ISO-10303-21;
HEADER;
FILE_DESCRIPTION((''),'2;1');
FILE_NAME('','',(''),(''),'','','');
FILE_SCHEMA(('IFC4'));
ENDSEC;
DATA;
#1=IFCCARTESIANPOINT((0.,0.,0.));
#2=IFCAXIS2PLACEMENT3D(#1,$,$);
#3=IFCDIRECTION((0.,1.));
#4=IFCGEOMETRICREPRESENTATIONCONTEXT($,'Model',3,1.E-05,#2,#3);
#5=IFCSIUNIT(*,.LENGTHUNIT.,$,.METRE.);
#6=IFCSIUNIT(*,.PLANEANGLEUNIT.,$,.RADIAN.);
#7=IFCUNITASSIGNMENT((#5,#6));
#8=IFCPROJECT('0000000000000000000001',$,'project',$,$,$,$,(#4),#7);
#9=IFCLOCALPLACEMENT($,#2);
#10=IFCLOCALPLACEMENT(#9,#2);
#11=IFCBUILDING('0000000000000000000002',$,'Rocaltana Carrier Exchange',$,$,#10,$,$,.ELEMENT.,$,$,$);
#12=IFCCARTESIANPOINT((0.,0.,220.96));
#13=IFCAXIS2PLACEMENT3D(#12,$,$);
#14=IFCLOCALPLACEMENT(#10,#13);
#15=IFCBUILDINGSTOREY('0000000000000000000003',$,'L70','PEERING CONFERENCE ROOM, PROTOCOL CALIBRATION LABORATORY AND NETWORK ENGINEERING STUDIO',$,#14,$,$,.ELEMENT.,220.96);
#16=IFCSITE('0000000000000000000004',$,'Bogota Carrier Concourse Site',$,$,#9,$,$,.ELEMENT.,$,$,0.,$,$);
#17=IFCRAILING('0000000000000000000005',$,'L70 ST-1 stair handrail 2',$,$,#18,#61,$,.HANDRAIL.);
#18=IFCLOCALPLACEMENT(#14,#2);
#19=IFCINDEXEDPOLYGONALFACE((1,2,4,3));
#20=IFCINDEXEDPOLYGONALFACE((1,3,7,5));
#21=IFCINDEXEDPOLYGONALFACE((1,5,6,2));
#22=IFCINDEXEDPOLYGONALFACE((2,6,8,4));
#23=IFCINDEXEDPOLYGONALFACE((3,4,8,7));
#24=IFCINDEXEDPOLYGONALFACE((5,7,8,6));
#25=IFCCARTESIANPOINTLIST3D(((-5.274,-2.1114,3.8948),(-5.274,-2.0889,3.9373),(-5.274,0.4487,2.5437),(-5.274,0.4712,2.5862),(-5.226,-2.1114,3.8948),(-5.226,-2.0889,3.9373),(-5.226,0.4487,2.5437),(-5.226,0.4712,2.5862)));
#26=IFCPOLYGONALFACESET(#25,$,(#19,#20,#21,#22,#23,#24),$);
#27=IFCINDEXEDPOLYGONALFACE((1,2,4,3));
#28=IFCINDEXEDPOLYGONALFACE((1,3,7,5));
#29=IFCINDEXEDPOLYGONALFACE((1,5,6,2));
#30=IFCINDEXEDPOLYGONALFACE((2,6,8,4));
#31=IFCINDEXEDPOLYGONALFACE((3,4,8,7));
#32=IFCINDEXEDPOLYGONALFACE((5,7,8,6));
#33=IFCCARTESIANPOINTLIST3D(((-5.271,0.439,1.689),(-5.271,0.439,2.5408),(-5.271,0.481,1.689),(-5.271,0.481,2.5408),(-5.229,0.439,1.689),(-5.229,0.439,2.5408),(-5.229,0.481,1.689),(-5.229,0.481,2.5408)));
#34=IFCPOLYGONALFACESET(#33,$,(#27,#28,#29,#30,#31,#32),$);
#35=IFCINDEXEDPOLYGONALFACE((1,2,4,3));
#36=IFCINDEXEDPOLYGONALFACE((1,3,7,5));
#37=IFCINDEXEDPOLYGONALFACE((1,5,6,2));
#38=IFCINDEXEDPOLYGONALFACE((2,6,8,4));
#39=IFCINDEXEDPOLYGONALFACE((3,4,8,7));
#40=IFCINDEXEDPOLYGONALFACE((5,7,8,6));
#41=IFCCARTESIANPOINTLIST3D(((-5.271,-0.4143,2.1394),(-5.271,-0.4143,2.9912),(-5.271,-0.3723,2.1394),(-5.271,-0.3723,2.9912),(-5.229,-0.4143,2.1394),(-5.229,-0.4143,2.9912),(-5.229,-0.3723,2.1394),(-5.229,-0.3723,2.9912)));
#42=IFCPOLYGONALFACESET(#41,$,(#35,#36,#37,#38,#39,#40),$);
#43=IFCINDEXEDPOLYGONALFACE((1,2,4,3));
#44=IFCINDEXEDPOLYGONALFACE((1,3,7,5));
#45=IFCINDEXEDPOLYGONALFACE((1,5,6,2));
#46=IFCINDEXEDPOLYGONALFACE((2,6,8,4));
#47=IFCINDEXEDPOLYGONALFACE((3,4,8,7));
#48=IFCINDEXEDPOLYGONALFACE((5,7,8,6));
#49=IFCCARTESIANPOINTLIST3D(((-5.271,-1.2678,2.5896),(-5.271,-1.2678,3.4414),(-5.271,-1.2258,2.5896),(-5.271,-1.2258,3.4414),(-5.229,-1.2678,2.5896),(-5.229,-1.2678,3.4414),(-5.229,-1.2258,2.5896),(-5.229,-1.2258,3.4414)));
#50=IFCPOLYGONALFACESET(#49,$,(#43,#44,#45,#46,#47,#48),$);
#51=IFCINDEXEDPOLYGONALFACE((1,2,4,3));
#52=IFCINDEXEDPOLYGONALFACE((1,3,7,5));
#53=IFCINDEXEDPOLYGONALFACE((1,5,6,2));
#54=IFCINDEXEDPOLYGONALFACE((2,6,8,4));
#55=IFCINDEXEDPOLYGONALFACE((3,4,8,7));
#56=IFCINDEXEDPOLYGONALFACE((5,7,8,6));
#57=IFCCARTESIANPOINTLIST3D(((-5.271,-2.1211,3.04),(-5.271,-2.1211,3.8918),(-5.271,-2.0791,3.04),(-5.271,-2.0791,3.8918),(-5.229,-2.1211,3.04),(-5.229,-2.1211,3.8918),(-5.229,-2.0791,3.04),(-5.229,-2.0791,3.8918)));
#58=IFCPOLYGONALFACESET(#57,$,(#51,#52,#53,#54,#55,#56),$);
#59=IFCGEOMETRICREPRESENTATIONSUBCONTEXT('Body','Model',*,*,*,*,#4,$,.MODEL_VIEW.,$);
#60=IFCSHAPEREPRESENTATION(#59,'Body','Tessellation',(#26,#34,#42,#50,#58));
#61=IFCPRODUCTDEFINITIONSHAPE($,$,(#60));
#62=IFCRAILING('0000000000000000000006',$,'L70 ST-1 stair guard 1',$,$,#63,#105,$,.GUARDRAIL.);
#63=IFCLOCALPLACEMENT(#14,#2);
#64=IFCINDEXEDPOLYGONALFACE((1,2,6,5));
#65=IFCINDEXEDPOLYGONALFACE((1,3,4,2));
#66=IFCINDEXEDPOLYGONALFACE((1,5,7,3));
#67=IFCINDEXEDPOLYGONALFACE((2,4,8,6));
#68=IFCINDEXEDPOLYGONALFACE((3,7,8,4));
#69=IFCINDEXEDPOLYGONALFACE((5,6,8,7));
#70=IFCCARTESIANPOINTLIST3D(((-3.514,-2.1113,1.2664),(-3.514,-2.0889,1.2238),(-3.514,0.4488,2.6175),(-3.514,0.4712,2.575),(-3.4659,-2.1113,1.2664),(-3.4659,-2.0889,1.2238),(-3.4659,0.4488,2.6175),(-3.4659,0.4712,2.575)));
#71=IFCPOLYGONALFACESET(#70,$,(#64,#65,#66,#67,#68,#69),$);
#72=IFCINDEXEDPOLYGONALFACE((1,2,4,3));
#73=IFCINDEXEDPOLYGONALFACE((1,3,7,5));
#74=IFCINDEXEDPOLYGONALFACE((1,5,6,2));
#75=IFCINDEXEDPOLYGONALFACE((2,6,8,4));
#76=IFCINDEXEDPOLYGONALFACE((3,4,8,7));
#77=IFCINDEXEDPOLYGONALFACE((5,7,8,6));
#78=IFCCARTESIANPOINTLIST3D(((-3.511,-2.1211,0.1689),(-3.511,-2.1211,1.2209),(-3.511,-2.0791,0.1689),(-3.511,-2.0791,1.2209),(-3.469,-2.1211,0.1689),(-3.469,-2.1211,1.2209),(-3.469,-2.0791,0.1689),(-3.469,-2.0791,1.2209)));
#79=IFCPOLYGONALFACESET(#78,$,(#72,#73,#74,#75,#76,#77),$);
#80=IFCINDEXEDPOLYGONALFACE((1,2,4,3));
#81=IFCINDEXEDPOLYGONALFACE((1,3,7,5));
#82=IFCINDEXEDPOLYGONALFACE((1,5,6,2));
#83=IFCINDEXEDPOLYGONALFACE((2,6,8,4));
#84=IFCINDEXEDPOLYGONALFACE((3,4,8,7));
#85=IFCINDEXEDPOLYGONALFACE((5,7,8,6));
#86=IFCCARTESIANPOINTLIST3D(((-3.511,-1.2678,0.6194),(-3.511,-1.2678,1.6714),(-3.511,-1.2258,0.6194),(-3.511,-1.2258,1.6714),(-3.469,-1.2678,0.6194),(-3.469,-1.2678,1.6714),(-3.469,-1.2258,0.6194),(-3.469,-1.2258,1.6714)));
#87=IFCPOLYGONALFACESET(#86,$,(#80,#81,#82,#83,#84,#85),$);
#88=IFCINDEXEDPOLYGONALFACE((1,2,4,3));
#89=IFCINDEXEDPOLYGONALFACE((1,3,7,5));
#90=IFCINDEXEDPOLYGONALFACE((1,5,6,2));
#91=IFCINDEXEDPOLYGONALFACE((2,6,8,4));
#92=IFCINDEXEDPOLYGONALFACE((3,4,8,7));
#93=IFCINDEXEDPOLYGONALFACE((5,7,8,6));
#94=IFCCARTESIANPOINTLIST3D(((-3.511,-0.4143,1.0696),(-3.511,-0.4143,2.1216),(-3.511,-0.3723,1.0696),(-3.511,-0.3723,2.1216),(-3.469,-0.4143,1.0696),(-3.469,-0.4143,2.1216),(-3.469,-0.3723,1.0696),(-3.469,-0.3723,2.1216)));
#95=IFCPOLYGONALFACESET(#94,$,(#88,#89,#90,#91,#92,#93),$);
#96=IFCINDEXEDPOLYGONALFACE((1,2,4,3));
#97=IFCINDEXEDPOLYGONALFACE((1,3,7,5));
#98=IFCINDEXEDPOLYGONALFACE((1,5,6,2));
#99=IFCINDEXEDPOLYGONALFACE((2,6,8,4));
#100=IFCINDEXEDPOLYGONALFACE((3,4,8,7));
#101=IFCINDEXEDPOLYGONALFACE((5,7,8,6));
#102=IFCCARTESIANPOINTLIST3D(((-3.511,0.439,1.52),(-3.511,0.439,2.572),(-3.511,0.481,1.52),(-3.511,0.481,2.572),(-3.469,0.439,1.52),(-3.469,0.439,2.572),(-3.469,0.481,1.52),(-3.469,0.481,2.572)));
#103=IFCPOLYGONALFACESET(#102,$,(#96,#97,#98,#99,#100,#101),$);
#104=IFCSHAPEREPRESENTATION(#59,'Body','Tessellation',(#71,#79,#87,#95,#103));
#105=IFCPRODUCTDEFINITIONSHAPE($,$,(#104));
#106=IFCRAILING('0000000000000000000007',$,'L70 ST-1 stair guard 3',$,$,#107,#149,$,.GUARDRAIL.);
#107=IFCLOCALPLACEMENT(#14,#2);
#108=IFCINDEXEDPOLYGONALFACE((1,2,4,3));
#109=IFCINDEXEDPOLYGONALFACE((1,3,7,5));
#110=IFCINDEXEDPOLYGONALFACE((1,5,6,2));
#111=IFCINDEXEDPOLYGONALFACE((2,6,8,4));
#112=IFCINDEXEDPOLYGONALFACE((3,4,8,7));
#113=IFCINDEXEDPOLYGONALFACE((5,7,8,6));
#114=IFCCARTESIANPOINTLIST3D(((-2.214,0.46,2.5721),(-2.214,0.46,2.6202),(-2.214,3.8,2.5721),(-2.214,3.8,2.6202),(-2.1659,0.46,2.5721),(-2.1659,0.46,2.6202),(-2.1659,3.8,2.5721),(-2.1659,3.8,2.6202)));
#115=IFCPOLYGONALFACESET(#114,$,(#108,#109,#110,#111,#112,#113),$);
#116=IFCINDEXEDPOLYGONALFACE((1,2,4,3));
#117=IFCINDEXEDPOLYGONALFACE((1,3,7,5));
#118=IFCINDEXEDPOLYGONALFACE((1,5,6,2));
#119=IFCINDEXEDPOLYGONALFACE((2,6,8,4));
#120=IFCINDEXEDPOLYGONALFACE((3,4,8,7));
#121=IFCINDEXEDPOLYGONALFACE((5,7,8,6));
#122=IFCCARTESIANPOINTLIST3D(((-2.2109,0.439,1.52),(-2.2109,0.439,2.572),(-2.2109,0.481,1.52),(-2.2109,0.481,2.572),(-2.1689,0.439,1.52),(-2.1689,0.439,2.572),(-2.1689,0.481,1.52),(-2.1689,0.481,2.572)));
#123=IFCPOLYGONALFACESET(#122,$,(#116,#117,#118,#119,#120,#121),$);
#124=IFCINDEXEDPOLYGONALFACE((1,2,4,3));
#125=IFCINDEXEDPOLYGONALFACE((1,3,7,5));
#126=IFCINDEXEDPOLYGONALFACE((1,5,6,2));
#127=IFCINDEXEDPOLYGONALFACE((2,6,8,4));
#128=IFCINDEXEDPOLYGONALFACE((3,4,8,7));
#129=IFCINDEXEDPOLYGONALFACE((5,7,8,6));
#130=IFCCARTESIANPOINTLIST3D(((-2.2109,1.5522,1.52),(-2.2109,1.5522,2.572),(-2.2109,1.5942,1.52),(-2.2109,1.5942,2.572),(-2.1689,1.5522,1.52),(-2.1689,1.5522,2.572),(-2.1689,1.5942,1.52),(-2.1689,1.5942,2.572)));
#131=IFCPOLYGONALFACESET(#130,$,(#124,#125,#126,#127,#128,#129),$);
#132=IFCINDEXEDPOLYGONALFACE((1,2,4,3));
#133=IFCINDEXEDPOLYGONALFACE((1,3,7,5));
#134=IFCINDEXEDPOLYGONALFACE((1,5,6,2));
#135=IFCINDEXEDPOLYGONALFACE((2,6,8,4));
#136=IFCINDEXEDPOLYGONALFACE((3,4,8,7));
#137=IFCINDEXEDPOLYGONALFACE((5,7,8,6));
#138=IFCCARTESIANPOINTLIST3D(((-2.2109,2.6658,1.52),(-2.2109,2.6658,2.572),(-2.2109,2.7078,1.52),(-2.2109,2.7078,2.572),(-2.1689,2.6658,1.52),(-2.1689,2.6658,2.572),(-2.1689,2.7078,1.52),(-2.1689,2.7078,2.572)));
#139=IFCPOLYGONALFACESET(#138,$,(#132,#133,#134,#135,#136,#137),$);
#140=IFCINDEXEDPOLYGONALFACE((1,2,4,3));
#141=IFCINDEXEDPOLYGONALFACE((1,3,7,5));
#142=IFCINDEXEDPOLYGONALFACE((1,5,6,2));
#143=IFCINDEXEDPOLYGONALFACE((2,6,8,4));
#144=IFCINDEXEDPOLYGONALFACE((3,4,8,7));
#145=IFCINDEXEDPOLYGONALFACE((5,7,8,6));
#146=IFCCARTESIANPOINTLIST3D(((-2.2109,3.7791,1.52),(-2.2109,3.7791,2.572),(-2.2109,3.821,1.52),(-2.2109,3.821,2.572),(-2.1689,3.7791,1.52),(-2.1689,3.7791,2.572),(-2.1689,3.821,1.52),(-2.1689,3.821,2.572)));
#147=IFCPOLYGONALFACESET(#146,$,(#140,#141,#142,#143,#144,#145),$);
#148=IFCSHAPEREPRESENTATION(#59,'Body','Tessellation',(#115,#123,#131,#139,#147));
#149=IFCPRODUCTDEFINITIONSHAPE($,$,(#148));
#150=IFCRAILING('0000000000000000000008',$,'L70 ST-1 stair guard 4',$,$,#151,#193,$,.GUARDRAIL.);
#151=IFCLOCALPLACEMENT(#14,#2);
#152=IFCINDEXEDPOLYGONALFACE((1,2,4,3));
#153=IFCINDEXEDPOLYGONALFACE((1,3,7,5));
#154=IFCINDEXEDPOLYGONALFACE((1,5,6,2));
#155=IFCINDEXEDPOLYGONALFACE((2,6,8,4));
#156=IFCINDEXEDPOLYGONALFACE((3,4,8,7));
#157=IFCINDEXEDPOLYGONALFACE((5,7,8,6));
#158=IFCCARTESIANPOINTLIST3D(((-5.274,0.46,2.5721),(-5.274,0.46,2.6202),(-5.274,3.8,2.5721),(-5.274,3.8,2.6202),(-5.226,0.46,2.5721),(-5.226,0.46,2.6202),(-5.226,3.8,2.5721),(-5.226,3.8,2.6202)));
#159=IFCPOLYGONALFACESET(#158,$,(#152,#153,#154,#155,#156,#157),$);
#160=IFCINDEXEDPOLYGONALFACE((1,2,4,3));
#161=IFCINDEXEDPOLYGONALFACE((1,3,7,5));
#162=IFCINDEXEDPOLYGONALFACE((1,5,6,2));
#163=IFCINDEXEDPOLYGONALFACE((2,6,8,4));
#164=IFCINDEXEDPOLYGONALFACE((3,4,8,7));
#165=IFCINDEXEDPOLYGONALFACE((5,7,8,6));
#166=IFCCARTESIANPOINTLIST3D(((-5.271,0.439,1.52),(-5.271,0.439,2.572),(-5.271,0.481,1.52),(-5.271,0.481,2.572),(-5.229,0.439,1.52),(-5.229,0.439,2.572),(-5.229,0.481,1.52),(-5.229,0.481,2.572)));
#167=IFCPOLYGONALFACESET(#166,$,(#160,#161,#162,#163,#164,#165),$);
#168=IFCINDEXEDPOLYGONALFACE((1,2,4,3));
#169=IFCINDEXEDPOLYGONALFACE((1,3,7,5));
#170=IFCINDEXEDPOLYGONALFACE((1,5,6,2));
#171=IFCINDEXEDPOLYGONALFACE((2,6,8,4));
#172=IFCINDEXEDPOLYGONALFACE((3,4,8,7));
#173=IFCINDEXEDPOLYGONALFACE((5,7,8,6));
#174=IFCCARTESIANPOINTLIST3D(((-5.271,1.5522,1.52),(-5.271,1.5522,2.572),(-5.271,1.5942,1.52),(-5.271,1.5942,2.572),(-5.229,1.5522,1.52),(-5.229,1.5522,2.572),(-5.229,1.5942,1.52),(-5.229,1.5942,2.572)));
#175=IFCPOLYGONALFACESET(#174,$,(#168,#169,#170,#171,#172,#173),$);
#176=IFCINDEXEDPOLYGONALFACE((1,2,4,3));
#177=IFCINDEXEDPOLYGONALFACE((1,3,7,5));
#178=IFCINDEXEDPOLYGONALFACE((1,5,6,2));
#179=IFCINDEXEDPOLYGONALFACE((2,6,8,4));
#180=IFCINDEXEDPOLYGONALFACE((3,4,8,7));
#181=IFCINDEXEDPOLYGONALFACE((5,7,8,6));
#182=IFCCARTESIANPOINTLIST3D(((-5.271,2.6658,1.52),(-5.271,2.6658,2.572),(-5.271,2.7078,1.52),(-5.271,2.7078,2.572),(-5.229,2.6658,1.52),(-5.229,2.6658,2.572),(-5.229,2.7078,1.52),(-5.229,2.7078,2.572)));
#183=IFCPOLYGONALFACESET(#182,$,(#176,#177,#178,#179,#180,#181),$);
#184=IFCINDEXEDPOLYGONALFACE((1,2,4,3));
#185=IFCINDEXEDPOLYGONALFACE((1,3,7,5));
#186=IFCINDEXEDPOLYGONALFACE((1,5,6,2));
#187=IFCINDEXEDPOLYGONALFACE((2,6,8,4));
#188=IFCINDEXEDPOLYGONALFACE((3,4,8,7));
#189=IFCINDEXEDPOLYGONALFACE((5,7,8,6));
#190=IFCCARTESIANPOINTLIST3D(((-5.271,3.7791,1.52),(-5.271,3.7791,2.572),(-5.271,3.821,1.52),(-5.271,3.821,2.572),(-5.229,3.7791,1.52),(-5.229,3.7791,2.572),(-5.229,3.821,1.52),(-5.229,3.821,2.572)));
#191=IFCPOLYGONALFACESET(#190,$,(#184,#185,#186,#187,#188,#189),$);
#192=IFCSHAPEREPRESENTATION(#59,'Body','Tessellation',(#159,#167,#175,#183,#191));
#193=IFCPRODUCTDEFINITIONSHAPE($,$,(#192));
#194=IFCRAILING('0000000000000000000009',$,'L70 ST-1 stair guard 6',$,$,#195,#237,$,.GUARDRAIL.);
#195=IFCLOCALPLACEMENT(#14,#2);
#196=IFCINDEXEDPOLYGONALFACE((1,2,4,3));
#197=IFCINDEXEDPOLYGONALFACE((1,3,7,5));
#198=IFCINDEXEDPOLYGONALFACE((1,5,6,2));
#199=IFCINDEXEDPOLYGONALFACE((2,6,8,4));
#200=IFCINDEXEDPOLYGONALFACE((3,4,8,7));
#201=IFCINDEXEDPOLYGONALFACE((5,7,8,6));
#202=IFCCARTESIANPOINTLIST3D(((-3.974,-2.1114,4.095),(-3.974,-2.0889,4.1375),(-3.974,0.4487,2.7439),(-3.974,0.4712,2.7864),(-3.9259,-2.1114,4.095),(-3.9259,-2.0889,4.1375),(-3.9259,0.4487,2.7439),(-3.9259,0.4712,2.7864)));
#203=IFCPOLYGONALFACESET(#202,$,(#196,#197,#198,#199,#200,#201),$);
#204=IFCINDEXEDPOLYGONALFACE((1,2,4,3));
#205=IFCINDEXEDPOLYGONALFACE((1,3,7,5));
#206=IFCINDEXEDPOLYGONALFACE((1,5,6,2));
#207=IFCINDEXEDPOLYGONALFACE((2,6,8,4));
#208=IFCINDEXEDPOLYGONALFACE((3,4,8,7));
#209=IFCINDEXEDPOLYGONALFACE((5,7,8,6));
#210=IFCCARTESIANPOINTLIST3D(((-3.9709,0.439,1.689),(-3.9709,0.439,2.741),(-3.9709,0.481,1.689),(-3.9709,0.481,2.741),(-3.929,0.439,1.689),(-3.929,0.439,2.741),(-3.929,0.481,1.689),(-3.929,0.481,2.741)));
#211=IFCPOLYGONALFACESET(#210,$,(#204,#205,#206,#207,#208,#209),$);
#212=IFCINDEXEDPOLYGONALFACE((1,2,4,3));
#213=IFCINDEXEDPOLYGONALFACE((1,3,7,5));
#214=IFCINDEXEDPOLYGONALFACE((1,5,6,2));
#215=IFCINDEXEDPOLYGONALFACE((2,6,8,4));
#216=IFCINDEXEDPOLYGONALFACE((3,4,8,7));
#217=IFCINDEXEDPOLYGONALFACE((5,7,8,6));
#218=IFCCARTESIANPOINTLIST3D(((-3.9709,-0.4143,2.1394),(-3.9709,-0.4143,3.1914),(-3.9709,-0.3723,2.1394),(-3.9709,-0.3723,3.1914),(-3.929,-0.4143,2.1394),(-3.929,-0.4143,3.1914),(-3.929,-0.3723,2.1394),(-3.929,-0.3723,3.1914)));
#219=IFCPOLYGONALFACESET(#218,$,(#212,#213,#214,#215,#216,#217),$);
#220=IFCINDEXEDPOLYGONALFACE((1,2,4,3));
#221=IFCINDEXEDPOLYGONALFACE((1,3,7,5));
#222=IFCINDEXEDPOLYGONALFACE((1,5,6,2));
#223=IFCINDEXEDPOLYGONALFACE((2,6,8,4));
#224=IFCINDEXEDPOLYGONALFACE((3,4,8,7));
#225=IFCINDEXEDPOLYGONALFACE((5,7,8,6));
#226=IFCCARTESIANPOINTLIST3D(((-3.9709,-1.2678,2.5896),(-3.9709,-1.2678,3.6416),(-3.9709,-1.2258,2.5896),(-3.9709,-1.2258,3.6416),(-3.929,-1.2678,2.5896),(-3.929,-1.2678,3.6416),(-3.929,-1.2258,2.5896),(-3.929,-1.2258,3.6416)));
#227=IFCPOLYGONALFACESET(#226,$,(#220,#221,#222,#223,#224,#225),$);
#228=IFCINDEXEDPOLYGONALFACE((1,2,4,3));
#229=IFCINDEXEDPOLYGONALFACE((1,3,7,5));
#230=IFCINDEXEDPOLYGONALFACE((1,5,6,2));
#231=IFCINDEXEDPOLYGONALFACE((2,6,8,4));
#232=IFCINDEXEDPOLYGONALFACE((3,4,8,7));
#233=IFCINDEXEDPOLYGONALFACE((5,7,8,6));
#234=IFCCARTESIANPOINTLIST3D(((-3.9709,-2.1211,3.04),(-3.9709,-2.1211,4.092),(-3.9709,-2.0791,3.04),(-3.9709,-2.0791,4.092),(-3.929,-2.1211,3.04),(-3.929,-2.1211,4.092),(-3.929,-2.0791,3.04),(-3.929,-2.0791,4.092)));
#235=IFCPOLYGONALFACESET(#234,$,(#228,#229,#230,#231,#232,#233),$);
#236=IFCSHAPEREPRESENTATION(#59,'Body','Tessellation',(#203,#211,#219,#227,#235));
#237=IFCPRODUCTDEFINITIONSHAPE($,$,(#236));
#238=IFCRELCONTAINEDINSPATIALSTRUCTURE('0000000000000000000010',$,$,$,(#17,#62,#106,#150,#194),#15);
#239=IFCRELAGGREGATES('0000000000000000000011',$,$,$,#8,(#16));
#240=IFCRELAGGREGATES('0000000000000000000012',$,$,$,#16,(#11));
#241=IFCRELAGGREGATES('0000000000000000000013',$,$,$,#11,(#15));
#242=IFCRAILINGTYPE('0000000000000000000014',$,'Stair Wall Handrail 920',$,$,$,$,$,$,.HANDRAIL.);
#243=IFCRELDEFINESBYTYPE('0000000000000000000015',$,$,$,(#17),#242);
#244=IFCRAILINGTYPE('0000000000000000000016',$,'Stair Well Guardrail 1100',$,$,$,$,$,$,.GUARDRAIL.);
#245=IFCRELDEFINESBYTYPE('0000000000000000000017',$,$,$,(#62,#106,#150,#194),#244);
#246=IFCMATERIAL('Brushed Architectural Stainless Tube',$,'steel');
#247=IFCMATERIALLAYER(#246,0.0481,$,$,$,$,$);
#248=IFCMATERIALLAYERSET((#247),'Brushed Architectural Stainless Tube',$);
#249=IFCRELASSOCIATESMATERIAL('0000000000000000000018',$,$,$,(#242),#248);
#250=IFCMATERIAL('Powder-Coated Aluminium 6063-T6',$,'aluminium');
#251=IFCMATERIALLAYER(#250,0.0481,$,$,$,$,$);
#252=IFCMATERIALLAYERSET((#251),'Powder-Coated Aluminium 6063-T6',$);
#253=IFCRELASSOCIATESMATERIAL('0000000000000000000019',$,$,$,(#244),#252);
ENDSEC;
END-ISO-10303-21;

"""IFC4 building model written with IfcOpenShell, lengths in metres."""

from ifc_helpers import new_model, si_unit, direction, frame, origin, origin_2d, place, context, subcontext, project, spatial, rectangle, extrude, material, layer, layer_set, type_object, element, save


model = new_model("IFC4")

# Units and contexts
model_context = context("Model", 3, precision=1e-05, world=origin(), true_north=direction((0.0, 1.0)))
body_context = subcontext(model_context, "Body", "Model", "MODEL_VIEW")
ifc_project = project(units=[si_unit("LENGTHUNIT", "METRE"), si_unit("PLANEANGLEUNIT", "RADIAN")], contexts=[model_context])

# Site, building, storey
site_placement = place(None, origin())
site = spatial("IfcSite", under=ifc_project, at=site_placement, Name="Bogota Carrier Concourse Site", CompositionType="ELEMENT", RefElevation=0.0)
building_placement = place(site_placement, origin())
building = spatial("IfcBuilding", under=site, at=building_placement, Name="Rocaltana Carrier Exchange", CompositionType="ELEMENT")
storey_placement = place(building_placement, frame((0.0, 0.0, 220.96)))
storey = spatial("IfcBuildingStorey", under=building, at=storey_placement, Name="L70", Description="PEERING CONFERENCE ROOM, PROTOCOL CALIBRATION LABORATORY AND NETWORK ENGINEERING STUDIO", CompositionType="ELEMENT", Elevation=220.96)

# Railings
ifc_material_1 = material(Name="Brushed Architectural Stainless Tube", Category="steel")
ifc_layer_1 = layer(ifc_material_1, 0.0481)
ifc_layer_set_1 = layer_set([ifc_layer_1], Name="Brushed Architectural Stainless Tube")
railing_type_1 = type_object("IfcRailingType", Name="Stair Wall Handrail 920", PredefinedType="HANDRAIL", material=ifc_layer_set_1)
railing_1_placement = place(storey_placement, frame((-5.25, 0.46, 1.689)))
element("IfcRailing", 1, at=railing_1_placement, inside=storey, type_object=railing_type_1, Name="L70 ST-1 stair handrail 2", PredefinedType="HANDRAIL", context=body_context, shape_type="SweptSolid", body=[
    extrude(rectangle(XDim=0.0481, YDim=0.0481, at=origin_2d()), frame((0.0, 0.0, 0.876), z_axis=(0.0, -0.884394, 0.46674), x_axis=(1.0, 0.0, 0.0)), (0.0, 0.0, 1.0), 2.8948),
    extrude(rectangle(XDim=0.042, YDim=0.042, at=origin_2d()), origin(), (0.0, 0.0, 1.0), 0.8518),
    extrude(rectangle(XDim=0.042, YDim=0.042, at=origin_2d()), frame((0.0, -0.8533, 0.4504)), (0.0, 0.0, 1.0), 0.8518),
    extrude(rectangle(XDim=0.042, YDim=0.042, at=origin_2d()), frame((0.0, -1.7068, 0.9006)), (0.0, 0.0, 1.0), 0.8518),
    extrude(rectangle(XDim=0.042, YDim=0.042, at=origin_2d()), frame((0.0, -2.5601, 1.3511)), (0.0, 0.0, 1.0), 0.8518),
])
ifc_material_2 = material(Name="Powder-Coated Aluminium 6063-T6", Category="aluminium")
ifc_layer_2 = layer(ifc_material_2, 0.0481)
ifc_layer_set_2 = layer_set([ifc_layer_2], Name="Powder-Coated Aluminium 6063-T6")
railing_type_2 = type_object("IfcRailingType", Name="Stair Well Guardrail 1100", PredefinedType="GUARDRAIL", material=ifc_layer_set_2)
railing_2_placement = place(storey_placement, frame((-3.49, -2.1001, 0.1689)))
element("IfcRailing", 2, at=railing_2_placement, inside=storey, type_object=railing_type_2, Name="L70 ST-1 stair guard 1", PredefinedType="GUARDRAIL", context=body_context, shape_type="SweptSolid", body=[
    extrude(rectangle(XDim=0.0481, YDim=0.0481, at=origin_2d()), frame((0.0, 0.0, 1.0762), z_axis=(0.0, 0.884394, 0.46674), x_axis=(-1.0, 0.0, 0.0)), (0.0, 0.0, 1.0), 2.8948),
    extrude(rectangle(XDim=0.042, YDim=0.042, at=origin_2d()), origin(), (0.0, 0.0, 1.0), 1.052),
    extrude(rectangle(XDim=0.042, YDim=0.042, at=origin_2d()), frame((0.0, 0.8533, 0.4504)), (0.0, 0.0, 1.0), 1.052),
    extrude(rectangle(XDim=0.042, YDim=0.042, at=origin_2d()), frame((0.0, 1.7068, 0.9006)), (0.0, 0.0, 1.0), 1.052),
    extrude(rectangle(XDim=0.042, YDim=0.042, at=origin_2d()), frame((0.0, 2.5601, 1.3511)), (0.0, 0.0, 1.0), 1.052),
])
for number, where, name in (
    (3, (-2.1899, 0.46, 1.52), "L70 ST-1 stair guard 3"),
    (4, (-5.25, 0.46, 1.52), "L70 ST-1 stair guard 4"),
):
    element("IfcRailing", number, at=place(storey_placement, frame(where)), inside=storey, type_object=railing_type_2, Name=name, PredefinedType="GUARDRAIL", context=body_context, shape_type="SweptSolid", body=[
        extrude(rectangle(XDim=0.0481, YDim=0.0481, at=origin_2d()), frame((0.0, 0.0, 1.0762), z_axis=(0.0, 1.0, 0.0), x_axis=(-1.0, 0.0, 0.0)), (0.0, 0.0, 1.0), 3.3401),
        extrude(rectangle(XDim=0.042, YDim=0.042, at=origin_2d()), origin(), (0.0, 0.0, 1.0), 1.052),
        extrude(rectangle(XDim=0.042, YDim=0.042, at=origin_2d()), frame((0.0, 1.1133, 0.0)), (0.0, 0.0, 1.0), 1.052),
        extrude(rectangle(XDim=0.042, YDim=0.042, at=origin_2d()), frame((0.0, 2.2268, 0.0)), (0.0, 0.0, 1.0), 1.052),
        extrude(rectangle(XDim=0.042, YDim=0.042, at=origin_2d()), frame((0.0, 3.3401, 0.0)), (0.0, 0.0, 1.0), 1.052),
    ])
railing_3_placement = place(storey_placement, frame((-3.95, 0.46, 1.689)))
element("IfcRailing", 5, at=railing_3_placement, inside=storey, type_object=railing_type_2, Name="L70 ST-1 stair guard 6", PredefinedType="GUARDRAIL", context=body_context, shape_type="SweptSolid", body=[
    extrude(rectangle(XDim=0.0481, YDim=0.0481, at=origin_2d()), frame((0.0, 0.0, 1.0762), z_axis=(0.0, -0.884394, 0.46674), x_axis=(1.0, 0.0, 0.0)), (0.0, 0.0, 1.0), 2.8948),
    extrude(rectangle(XDim=0.042, YDim=0.042, at=origin_2d()), origin(), (0.0, 0.0, 1.0), 1.052),
    extrude(rectangle(XDim=0.042, YDim=0.042, at=origin_2d()), frame((0.0, -0.8533, 0.4504)), (0.0, 0.0, 1.0), 1.052),
    extrude(rectangle(XDim=0.042, YDim=0.042, at=origin_2d()), frame((0.0, -1.7068, 0.9006)), (0.0, 0.0, 1.0), 1.052),
    extrude(rectangle(XDim=0.042, YDim=0.042, at=origin_2d()), frame((0.0, -2.5601, 1.3511)), (0.0, 0.0, 1.0), 1.052),
])

save(model, "model.ifc")
